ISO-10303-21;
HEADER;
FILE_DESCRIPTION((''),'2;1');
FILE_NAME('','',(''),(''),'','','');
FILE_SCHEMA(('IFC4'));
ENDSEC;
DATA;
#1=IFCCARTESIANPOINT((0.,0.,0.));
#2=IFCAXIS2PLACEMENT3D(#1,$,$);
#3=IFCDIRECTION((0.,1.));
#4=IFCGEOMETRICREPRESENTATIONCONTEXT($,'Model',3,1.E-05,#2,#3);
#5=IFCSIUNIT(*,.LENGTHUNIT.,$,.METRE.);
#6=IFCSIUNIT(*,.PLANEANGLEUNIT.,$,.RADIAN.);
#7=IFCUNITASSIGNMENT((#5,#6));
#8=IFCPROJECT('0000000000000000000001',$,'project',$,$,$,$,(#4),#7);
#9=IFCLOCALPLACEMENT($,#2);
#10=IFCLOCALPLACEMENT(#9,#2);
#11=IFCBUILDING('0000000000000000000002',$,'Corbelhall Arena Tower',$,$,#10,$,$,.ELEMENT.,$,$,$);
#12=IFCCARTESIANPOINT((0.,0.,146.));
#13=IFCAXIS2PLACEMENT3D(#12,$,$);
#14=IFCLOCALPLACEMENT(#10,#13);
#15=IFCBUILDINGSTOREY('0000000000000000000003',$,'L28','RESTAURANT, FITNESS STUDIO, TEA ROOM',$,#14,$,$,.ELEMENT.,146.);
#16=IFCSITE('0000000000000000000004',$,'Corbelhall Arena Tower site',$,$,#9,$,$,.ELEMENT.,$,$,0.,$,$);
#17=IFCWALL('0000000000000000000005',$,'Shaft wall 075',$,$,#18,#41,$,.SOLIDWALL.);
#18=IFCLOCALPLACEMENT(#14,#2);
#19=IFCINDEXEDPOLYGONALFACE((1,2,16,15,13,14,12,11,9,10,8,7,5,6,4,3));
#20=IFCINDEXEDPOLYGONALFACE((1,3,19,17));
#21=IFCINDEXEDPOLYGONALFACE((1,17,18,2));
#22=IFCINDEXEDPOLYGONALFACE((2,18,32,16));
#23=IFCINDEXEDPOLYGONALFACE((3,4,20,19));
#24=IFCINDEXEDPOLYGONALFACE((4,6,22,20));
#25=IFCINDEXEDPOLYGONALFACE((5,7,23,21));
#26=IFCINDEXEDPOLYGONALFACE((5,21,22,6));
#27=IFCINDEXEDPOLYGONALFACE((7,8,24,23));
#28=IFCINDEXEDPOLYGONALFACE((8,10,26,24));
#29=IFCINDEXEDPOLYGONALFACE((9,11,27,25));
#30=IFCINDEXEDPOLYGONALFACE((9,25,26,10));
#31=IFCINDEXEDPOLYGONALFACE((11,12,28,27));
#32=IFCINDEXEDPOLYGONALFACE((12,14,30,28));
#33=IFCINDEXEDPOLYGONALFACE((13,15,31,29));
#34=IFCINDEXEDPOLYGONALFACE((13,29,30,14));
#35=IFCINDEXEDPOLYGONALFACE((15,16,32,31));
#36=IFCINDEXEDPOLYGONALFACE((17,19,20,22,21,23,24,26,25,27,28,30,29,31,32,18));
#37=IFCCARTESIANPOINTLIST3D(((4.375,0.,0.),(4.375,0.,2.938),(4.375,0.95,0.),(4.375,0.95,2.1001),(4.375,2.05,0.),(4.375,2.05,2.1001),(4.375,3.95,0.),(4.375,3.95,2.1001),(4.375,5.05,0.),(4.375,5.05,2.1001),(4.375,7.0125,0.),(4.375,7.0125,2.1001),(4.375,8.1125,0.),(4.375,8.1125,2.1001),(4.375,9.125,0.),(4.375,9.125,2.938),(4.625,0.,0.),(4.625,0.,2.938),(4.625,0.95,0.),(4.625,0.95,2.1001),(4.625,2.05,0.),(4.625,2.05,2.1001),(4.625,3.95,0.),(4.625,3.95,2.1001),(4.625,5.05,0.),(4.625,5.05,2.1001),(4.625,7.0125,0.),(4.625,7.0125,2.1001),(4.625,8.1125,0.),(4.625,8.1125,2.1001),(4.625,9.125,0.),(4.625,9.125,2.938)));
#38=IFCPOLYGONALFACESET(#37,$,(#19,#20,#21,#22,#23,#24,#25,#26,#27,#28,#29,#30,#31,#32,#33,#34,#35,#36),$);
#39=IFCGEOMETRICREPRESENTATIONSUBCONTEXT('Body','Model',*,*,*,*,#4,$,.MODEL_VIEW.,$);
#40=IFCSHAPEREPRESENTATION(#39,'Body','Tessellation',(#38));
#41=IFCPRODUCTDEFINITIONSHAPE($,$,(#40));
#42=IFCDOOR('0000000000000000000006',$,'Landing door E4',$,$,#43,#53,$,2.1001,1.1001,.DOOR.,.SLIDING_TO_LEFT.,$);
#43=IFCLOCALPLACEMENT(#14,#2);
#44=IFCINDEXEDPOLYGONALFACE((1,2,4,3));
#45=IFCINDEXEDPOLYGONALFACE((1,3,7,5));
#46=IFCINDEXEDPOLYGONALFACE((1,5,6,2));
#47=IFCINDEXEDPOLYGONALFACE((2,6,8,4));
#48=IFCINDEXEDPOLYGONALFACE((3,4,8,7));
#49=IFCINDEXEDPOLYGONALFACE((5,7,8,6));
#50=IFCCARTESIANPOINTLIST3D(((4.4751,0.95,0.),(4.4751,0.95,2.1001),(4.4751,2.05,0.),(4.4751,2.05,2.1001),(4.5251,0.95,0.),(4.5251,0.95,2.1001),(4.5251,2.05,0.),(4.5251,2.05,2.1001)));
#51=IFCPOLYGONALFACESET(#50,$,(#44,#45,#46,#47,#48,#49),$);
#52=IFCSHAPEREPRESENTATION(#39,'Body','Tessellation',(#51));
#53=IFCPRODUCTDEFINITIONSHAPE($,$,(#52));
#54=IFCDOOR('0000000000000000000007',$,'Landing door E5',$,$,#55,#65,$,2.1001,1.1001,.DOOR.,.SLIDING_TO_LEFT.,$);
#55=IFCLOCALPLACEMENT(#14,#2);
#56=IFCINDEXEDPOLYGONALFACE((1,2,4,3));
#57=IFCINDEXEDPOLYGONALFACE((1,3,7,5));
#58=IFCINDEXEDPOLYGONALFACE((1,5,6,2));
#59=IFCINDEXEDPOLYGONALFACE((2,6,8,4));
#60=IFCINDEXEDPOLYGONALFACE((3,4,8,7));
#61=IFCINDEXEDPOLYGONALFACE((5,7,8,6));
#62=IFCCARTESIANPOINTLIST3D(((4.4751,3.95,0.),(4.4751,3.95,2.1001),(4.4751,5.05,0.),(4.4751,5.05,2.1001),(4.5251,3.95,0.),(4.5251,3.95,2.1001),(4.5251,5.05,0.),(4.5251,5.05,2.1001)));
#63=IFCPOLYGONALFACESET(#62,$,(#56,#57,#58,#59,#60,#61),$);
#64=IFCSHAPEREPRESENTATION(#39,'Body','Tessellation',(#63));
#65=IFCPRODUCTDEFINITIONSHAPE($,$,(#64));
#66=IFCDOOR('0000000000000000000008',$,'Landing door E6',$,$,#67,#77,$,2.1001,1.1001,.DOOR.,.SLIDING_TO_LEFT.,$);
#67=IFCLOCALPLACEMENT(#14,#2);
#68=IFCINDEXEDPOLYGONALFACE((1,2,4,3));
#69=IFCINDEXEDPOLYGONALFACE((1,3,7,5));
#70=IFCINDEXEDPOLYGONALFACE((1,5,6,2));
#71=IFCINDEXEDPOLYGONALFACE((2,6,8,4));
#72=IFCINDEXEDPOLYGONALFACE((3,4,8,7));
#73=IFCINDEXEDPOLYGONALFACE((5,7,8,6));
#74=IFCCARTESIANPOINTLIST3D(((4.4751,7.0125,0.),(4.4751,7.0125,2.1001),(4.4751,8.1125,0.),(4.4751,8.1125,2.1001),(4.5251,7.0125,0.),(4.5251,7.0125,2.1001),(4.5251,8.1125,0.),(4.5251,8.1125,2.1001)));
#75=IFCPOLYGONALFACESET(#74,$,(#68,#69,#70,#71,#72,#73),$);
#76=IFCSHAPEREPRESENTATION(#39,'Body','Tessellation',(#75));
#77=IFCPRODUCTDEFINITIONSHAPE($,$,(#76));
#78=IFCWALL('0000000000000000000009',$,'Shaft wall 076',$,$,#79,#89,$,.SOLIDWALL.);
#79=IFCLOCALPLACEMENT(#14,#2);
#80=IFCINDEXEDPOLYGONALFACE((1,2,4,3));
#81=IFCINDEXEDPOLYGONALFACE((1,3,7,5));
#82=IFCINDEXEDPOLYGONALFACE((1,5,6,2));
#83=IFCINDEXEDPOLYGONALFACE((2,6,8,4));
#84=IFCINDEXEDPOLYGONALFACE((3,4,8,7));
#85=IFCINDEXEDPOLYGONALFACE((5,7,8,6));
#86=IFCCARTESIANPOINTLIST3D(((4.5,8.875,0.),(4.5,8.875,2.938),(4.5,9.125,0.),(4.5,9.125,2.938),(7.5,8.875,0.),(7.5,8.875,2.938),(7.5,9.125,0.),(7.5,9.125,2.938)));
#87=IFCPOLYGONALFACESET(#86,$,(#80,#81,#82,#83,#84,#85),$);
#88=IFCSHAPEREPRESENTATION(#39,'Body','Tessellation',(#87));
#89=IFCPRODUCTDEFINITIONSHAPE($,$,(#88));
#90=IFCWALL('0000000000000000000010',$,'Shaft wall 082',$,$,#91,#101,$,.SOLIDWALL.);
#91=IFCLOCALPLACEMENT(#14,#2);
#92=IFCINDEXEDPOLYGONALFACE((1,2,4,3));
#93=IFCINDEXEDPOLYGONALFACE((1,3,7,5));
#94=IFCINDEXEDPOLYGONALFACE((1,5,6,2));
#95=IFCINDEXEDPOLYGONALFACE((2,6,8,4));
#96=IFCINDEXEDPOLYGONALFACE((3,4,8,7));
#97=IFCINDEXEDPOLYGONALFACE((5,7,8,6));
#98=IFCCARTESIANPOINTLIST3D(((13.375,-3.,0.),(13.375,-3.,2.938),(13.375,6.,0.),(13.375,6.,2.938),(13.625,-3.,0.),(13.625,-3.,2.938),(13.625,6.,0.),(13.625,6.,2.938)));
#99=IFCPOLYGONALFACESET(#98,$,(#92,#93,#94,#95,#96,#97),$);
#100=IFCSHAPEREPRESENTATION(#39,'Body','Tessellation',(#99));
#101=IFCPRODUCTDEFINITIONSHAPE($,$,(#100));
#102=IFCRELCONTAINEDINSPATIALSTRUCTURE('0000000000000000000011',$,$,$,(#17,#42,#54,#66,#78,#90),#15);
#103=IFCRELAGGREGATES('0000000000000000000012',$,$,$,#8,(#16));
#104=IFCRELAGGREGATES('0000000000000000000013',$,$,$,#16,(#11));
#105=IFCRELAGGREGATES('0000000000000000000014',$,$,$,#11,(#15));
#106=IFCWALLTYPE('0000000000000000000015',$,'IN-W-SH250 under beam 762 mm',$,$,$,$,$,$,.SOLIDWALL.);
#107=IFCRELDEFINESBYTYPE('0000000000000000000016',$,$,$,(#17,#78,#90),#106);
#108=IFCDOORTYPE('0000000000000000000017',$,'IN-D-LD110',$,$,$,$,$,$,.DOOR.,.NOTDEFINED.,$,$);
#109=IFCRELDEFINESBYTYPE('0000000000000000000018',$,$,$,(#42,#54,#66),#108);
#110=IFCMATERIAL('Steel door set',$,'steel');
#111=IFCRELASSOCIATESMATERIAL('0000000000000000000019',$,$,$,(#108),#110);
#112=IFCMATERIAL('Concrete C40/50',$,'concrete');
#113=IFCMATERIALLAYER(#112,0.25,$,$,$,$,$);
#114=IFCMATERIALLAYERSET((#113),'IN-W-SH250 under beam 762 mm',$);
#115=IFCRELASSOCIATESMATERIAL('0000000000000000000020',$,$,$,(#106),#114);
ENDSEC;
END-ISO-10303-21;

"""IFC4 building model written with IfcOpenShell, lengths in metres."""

from ifc_helpers import new_model, si_unit, direction, frame, frame_2d, origin, place, context, subcontext, project, spatial, rectangle, extrude, material, layer, layer_set, type_object, element, fill, save


model = new_model("IFC4")

# Units and contexts
model_context = context("Model", 3, precision=1e-05, world=origin(), true_north=direction((0.0, 1.0)))
body_context = subcontext(model_context, "Body", "Model", "MODEL_VIEW")
ifc_project = project(units=[si_unit("LENGTHUNIT", "METRE"), si_unit("PLANEANGLEUNIT", "RADIAN")], contexts=[model_context])

# Site, building, storey
site_placement = place(None, origin())
site = spatial("IfcSite", under=ifc_project, at=site_placement, Name="Corbelhall Arena Tower site", CompositionType="ELEMENT", RefElevation=0.0)
building_placement = place(site_placement, origin())
building = spatial("IfcBuilding", under=site, at=building_placement, Name="Corbelhall Arena Tower", CompositionType="ELEMENT")
storey_placement = place(building_placement, frame((0.0, 0.0, 146.0)))
storey = spatial("IfcBuildingStorey", under=building, at=storey_placement, Name="L28", Description="RESTAURANT, FITNESS STUDIO, TEA ROOM", CompositionType="ELEMENT", Elevation=146.0)

# Shared definitions
ifc_material_1 = material(Name="Concrete C40/50", Category="concrete")

# Shared definitions
ifc_material_2 = material(Name="Steel door set", Category="steel")

# Shared definitions
door_type_1 = type_object("IfcDoorType", Name="IN-D-LD110", OperationType="NOTDEFINED", PredefinedType="DOOR", material=ifc_material_2)

# Wall, openings, doors
ifc_layer_1 = layer(ifc_material_1, 0.25)
ifc_layer_set_1 = layer_set([ifc_layer_1], Name="IN-W-SH250 under beam 762 mm")
wall_type_1 = type_object("IfcWallType", Name="IN-W-SH250 under beam 762 mm", PredefinedType="SOLIDWALL", material=ifc_layer_set_1)
wall_1_placement = place(storey_placement, frame((4.5, 0.0, 0.0), z_axis=(0.0, 0.0, 1.0), x_axis=(0.0, 1.0, 0.0)))
wall_1 = element("IfcWall", 1, at=wall_1_placement, inside=storey, type_object=wall_type_1, Name="Shaft wall 075", PredefinedType="SOLIDWALL", context=body_context, shape_type="SweptSolid", body=[
    extrude(rectangle(XDim=9.125, YDim=0.25, at=frame_2d((4.5625, 0.0))), origin(), (0.0, 0.0, 1.0), 2.938),
])
opening_1_placement = place(wall_1_placement, frame((0.95, 0.0, 0.0)))
opening_1 = element("IfcOpeningElement", 2, at=opening_1_placement, cuts=wall_1, PredefinedType="OPENING", context=body_context, shape_type="SweptSolid", body=[
    extrude(rectangle(XDim=1.1001, YDim=2.1001, at=frame_2d((0.55, 1.05))), frame((0.0, 0.125, 0.0), z_axis=(0.0, -1.0, 0.0), x_axis=(1.0, 0.0, 0.0)), (0.0, 0.0, 1.0), 0.25),
])
opening_2_placement = place(wall_1_placement, frame((3.95, 0.0, 0.0)))
opening_2 = element("IfcOpeningElement", 3, at=opening_2_placement, cuts=wall_1, PredefinedType="OPENING", context=body_context, shape_type="SweptSolid", body=[
    extrude(rectangle(XDim=1.1001, YDim=2.1001, at=frame_2d((0.55, 1.05))), frame((0.0, 0.125, 0.0), z_axis=(0.0, -1.0, 0.0), x_axis=(1.0, 0.0, 0.0)), (0.0, 0.0, 1.0), 0.25),
])
opening_3_placement = place(wall_1_placement, frame((7.0125, 0.0, 0.0)))
opening_3 = element("IfcOpeningElement", 4, at=opening_3_placement, cuts=wall_1, PredefinedType="OPENING", context=body_context, shape_type="SweptSolid", body=[
    extrude(rectangle(XDim=1.1001, YDim=2.1001, at=frame_2d((0.55, 1.05))), frame((0.0, 0.125, 0.0), z_axis=(0.0, -1.0, 0.0), x_axis=(1.0, 0.0, 0.0)), (0.0, 0.0, 1.0), 0.25),
])
door_1_placement = place(opening_1_placement, origin())
door_1 = element("IfcDoor", 5, at=door_1_placement, inside=storey, type_object=door_type_1, Name="Landing door E4", OperationType="SLIDING_TO_LEFT", OverallHeight=2.1001, OverallWidth=1.1001, PredefinedType="DOOR", context=body_context, shape_type="SweptSolid", body=[
    extrude(rectangle(XDim=1.1001, YDim=2.1001, at=frame_2d((0.55, 1.05))), frame((0.0, 0.0249, 0.0), z_axis=(0.0, -1.0, 0.0), x_axis=(1.0, 0.0, 0.0)), (0.0, 0.0, 1.0), 0.05),
])
fill(opening_1, door_1)
door_2_placement = place(opening_2_placement, origin())
door_2 = element("IfcDoor", 6, at=door_2_placement, inside=storey, type_object=door_type_1, Name="Landing door E5", OperationType="SLIDING_TO_LEFT", OverallHeight=2.1001, OverallWidth=1.1001, PredefinedType="DOOR", context=body_context, shape_type="SweptSolid", body=[
    extrude(rectangle(XDim=1.1001, YDim=2.1001, at=frame_2d((0.55, 1.05))), frame((0.0, 0.0249, 0.0), z_axis=(0.0, -1.0, 0.0), x_axis=(1.0, 0.0, 0.0)), (0.0, 0.0, 1.0), 0.05),
])
fill(opening_2, door_2)
door_3_placement = place(opening_3_placement, origin())
door_3 = element("IfcDoor", 7, at=door_3_placement, inside=storey, type_object=door_type_1, Name="Landing door E6", OperationType="SLIDING_TO_LEFT", OverallHeight=2.1001, OverallWidth=1.1001, PredefinedType="DOOR", context=body_context, shape_type="SweptSolid", body=[
    extrude(rectangle(XDim=1.1001, YDim=2.1001, at=frame_2d((0.55, 1.05))), frame((0.0, 0.0249, 0.0), z_axis=(0.0, -1.0, 0.0), x_axis=(1.0, 0.0, 0.0)), (0.0, 0.0, 1.0), 0.05),
])
fill(opening_3, door_3)

# Walls
wall_2_placement = place(storey_placement, frame((4.5, 9.0, 0.0), z_axis=(0.0, 0.0, 1.0), x_axis=(1.0, 0.0, 0.0)))
element("IfcWall", 8, at=wall_2_placement, inside=storey, type_object=wall_type_1, Name="Shaft wall 076", PredefinedType="SOLIDWALL", context=body_context, shape_type="SweptSolid", body=[
    extrude(rectangle(XDim=3.0, YDim=0.25, at=frame_2d((1.5, 0.0))), origin(), (0.0, 0.0, 1.0), 2.938),
])
wall_3_placement = place(storey_placement, frame((13.5, 6.0, 0.0), z_axis=(0.0, 0.0, 1.0), x_axis=(0.0, -1.0, 0.0)))
element("IfcWall", 9, at=wall_3_placement, inside=storey, type_object=wall_type_1, Name="Shaft wall 082", PredefinedType="SOLIDWALL", context=body_context, shape_type="SweptSolid", body=[
    extrude(rectangle(XDim=9.0, YDim=0.25, at=frame_2d((4.5, 0.0))), origin(), (0.0, 0.0, 1.0), 2.938),
])

save(model, "model.ifc")
